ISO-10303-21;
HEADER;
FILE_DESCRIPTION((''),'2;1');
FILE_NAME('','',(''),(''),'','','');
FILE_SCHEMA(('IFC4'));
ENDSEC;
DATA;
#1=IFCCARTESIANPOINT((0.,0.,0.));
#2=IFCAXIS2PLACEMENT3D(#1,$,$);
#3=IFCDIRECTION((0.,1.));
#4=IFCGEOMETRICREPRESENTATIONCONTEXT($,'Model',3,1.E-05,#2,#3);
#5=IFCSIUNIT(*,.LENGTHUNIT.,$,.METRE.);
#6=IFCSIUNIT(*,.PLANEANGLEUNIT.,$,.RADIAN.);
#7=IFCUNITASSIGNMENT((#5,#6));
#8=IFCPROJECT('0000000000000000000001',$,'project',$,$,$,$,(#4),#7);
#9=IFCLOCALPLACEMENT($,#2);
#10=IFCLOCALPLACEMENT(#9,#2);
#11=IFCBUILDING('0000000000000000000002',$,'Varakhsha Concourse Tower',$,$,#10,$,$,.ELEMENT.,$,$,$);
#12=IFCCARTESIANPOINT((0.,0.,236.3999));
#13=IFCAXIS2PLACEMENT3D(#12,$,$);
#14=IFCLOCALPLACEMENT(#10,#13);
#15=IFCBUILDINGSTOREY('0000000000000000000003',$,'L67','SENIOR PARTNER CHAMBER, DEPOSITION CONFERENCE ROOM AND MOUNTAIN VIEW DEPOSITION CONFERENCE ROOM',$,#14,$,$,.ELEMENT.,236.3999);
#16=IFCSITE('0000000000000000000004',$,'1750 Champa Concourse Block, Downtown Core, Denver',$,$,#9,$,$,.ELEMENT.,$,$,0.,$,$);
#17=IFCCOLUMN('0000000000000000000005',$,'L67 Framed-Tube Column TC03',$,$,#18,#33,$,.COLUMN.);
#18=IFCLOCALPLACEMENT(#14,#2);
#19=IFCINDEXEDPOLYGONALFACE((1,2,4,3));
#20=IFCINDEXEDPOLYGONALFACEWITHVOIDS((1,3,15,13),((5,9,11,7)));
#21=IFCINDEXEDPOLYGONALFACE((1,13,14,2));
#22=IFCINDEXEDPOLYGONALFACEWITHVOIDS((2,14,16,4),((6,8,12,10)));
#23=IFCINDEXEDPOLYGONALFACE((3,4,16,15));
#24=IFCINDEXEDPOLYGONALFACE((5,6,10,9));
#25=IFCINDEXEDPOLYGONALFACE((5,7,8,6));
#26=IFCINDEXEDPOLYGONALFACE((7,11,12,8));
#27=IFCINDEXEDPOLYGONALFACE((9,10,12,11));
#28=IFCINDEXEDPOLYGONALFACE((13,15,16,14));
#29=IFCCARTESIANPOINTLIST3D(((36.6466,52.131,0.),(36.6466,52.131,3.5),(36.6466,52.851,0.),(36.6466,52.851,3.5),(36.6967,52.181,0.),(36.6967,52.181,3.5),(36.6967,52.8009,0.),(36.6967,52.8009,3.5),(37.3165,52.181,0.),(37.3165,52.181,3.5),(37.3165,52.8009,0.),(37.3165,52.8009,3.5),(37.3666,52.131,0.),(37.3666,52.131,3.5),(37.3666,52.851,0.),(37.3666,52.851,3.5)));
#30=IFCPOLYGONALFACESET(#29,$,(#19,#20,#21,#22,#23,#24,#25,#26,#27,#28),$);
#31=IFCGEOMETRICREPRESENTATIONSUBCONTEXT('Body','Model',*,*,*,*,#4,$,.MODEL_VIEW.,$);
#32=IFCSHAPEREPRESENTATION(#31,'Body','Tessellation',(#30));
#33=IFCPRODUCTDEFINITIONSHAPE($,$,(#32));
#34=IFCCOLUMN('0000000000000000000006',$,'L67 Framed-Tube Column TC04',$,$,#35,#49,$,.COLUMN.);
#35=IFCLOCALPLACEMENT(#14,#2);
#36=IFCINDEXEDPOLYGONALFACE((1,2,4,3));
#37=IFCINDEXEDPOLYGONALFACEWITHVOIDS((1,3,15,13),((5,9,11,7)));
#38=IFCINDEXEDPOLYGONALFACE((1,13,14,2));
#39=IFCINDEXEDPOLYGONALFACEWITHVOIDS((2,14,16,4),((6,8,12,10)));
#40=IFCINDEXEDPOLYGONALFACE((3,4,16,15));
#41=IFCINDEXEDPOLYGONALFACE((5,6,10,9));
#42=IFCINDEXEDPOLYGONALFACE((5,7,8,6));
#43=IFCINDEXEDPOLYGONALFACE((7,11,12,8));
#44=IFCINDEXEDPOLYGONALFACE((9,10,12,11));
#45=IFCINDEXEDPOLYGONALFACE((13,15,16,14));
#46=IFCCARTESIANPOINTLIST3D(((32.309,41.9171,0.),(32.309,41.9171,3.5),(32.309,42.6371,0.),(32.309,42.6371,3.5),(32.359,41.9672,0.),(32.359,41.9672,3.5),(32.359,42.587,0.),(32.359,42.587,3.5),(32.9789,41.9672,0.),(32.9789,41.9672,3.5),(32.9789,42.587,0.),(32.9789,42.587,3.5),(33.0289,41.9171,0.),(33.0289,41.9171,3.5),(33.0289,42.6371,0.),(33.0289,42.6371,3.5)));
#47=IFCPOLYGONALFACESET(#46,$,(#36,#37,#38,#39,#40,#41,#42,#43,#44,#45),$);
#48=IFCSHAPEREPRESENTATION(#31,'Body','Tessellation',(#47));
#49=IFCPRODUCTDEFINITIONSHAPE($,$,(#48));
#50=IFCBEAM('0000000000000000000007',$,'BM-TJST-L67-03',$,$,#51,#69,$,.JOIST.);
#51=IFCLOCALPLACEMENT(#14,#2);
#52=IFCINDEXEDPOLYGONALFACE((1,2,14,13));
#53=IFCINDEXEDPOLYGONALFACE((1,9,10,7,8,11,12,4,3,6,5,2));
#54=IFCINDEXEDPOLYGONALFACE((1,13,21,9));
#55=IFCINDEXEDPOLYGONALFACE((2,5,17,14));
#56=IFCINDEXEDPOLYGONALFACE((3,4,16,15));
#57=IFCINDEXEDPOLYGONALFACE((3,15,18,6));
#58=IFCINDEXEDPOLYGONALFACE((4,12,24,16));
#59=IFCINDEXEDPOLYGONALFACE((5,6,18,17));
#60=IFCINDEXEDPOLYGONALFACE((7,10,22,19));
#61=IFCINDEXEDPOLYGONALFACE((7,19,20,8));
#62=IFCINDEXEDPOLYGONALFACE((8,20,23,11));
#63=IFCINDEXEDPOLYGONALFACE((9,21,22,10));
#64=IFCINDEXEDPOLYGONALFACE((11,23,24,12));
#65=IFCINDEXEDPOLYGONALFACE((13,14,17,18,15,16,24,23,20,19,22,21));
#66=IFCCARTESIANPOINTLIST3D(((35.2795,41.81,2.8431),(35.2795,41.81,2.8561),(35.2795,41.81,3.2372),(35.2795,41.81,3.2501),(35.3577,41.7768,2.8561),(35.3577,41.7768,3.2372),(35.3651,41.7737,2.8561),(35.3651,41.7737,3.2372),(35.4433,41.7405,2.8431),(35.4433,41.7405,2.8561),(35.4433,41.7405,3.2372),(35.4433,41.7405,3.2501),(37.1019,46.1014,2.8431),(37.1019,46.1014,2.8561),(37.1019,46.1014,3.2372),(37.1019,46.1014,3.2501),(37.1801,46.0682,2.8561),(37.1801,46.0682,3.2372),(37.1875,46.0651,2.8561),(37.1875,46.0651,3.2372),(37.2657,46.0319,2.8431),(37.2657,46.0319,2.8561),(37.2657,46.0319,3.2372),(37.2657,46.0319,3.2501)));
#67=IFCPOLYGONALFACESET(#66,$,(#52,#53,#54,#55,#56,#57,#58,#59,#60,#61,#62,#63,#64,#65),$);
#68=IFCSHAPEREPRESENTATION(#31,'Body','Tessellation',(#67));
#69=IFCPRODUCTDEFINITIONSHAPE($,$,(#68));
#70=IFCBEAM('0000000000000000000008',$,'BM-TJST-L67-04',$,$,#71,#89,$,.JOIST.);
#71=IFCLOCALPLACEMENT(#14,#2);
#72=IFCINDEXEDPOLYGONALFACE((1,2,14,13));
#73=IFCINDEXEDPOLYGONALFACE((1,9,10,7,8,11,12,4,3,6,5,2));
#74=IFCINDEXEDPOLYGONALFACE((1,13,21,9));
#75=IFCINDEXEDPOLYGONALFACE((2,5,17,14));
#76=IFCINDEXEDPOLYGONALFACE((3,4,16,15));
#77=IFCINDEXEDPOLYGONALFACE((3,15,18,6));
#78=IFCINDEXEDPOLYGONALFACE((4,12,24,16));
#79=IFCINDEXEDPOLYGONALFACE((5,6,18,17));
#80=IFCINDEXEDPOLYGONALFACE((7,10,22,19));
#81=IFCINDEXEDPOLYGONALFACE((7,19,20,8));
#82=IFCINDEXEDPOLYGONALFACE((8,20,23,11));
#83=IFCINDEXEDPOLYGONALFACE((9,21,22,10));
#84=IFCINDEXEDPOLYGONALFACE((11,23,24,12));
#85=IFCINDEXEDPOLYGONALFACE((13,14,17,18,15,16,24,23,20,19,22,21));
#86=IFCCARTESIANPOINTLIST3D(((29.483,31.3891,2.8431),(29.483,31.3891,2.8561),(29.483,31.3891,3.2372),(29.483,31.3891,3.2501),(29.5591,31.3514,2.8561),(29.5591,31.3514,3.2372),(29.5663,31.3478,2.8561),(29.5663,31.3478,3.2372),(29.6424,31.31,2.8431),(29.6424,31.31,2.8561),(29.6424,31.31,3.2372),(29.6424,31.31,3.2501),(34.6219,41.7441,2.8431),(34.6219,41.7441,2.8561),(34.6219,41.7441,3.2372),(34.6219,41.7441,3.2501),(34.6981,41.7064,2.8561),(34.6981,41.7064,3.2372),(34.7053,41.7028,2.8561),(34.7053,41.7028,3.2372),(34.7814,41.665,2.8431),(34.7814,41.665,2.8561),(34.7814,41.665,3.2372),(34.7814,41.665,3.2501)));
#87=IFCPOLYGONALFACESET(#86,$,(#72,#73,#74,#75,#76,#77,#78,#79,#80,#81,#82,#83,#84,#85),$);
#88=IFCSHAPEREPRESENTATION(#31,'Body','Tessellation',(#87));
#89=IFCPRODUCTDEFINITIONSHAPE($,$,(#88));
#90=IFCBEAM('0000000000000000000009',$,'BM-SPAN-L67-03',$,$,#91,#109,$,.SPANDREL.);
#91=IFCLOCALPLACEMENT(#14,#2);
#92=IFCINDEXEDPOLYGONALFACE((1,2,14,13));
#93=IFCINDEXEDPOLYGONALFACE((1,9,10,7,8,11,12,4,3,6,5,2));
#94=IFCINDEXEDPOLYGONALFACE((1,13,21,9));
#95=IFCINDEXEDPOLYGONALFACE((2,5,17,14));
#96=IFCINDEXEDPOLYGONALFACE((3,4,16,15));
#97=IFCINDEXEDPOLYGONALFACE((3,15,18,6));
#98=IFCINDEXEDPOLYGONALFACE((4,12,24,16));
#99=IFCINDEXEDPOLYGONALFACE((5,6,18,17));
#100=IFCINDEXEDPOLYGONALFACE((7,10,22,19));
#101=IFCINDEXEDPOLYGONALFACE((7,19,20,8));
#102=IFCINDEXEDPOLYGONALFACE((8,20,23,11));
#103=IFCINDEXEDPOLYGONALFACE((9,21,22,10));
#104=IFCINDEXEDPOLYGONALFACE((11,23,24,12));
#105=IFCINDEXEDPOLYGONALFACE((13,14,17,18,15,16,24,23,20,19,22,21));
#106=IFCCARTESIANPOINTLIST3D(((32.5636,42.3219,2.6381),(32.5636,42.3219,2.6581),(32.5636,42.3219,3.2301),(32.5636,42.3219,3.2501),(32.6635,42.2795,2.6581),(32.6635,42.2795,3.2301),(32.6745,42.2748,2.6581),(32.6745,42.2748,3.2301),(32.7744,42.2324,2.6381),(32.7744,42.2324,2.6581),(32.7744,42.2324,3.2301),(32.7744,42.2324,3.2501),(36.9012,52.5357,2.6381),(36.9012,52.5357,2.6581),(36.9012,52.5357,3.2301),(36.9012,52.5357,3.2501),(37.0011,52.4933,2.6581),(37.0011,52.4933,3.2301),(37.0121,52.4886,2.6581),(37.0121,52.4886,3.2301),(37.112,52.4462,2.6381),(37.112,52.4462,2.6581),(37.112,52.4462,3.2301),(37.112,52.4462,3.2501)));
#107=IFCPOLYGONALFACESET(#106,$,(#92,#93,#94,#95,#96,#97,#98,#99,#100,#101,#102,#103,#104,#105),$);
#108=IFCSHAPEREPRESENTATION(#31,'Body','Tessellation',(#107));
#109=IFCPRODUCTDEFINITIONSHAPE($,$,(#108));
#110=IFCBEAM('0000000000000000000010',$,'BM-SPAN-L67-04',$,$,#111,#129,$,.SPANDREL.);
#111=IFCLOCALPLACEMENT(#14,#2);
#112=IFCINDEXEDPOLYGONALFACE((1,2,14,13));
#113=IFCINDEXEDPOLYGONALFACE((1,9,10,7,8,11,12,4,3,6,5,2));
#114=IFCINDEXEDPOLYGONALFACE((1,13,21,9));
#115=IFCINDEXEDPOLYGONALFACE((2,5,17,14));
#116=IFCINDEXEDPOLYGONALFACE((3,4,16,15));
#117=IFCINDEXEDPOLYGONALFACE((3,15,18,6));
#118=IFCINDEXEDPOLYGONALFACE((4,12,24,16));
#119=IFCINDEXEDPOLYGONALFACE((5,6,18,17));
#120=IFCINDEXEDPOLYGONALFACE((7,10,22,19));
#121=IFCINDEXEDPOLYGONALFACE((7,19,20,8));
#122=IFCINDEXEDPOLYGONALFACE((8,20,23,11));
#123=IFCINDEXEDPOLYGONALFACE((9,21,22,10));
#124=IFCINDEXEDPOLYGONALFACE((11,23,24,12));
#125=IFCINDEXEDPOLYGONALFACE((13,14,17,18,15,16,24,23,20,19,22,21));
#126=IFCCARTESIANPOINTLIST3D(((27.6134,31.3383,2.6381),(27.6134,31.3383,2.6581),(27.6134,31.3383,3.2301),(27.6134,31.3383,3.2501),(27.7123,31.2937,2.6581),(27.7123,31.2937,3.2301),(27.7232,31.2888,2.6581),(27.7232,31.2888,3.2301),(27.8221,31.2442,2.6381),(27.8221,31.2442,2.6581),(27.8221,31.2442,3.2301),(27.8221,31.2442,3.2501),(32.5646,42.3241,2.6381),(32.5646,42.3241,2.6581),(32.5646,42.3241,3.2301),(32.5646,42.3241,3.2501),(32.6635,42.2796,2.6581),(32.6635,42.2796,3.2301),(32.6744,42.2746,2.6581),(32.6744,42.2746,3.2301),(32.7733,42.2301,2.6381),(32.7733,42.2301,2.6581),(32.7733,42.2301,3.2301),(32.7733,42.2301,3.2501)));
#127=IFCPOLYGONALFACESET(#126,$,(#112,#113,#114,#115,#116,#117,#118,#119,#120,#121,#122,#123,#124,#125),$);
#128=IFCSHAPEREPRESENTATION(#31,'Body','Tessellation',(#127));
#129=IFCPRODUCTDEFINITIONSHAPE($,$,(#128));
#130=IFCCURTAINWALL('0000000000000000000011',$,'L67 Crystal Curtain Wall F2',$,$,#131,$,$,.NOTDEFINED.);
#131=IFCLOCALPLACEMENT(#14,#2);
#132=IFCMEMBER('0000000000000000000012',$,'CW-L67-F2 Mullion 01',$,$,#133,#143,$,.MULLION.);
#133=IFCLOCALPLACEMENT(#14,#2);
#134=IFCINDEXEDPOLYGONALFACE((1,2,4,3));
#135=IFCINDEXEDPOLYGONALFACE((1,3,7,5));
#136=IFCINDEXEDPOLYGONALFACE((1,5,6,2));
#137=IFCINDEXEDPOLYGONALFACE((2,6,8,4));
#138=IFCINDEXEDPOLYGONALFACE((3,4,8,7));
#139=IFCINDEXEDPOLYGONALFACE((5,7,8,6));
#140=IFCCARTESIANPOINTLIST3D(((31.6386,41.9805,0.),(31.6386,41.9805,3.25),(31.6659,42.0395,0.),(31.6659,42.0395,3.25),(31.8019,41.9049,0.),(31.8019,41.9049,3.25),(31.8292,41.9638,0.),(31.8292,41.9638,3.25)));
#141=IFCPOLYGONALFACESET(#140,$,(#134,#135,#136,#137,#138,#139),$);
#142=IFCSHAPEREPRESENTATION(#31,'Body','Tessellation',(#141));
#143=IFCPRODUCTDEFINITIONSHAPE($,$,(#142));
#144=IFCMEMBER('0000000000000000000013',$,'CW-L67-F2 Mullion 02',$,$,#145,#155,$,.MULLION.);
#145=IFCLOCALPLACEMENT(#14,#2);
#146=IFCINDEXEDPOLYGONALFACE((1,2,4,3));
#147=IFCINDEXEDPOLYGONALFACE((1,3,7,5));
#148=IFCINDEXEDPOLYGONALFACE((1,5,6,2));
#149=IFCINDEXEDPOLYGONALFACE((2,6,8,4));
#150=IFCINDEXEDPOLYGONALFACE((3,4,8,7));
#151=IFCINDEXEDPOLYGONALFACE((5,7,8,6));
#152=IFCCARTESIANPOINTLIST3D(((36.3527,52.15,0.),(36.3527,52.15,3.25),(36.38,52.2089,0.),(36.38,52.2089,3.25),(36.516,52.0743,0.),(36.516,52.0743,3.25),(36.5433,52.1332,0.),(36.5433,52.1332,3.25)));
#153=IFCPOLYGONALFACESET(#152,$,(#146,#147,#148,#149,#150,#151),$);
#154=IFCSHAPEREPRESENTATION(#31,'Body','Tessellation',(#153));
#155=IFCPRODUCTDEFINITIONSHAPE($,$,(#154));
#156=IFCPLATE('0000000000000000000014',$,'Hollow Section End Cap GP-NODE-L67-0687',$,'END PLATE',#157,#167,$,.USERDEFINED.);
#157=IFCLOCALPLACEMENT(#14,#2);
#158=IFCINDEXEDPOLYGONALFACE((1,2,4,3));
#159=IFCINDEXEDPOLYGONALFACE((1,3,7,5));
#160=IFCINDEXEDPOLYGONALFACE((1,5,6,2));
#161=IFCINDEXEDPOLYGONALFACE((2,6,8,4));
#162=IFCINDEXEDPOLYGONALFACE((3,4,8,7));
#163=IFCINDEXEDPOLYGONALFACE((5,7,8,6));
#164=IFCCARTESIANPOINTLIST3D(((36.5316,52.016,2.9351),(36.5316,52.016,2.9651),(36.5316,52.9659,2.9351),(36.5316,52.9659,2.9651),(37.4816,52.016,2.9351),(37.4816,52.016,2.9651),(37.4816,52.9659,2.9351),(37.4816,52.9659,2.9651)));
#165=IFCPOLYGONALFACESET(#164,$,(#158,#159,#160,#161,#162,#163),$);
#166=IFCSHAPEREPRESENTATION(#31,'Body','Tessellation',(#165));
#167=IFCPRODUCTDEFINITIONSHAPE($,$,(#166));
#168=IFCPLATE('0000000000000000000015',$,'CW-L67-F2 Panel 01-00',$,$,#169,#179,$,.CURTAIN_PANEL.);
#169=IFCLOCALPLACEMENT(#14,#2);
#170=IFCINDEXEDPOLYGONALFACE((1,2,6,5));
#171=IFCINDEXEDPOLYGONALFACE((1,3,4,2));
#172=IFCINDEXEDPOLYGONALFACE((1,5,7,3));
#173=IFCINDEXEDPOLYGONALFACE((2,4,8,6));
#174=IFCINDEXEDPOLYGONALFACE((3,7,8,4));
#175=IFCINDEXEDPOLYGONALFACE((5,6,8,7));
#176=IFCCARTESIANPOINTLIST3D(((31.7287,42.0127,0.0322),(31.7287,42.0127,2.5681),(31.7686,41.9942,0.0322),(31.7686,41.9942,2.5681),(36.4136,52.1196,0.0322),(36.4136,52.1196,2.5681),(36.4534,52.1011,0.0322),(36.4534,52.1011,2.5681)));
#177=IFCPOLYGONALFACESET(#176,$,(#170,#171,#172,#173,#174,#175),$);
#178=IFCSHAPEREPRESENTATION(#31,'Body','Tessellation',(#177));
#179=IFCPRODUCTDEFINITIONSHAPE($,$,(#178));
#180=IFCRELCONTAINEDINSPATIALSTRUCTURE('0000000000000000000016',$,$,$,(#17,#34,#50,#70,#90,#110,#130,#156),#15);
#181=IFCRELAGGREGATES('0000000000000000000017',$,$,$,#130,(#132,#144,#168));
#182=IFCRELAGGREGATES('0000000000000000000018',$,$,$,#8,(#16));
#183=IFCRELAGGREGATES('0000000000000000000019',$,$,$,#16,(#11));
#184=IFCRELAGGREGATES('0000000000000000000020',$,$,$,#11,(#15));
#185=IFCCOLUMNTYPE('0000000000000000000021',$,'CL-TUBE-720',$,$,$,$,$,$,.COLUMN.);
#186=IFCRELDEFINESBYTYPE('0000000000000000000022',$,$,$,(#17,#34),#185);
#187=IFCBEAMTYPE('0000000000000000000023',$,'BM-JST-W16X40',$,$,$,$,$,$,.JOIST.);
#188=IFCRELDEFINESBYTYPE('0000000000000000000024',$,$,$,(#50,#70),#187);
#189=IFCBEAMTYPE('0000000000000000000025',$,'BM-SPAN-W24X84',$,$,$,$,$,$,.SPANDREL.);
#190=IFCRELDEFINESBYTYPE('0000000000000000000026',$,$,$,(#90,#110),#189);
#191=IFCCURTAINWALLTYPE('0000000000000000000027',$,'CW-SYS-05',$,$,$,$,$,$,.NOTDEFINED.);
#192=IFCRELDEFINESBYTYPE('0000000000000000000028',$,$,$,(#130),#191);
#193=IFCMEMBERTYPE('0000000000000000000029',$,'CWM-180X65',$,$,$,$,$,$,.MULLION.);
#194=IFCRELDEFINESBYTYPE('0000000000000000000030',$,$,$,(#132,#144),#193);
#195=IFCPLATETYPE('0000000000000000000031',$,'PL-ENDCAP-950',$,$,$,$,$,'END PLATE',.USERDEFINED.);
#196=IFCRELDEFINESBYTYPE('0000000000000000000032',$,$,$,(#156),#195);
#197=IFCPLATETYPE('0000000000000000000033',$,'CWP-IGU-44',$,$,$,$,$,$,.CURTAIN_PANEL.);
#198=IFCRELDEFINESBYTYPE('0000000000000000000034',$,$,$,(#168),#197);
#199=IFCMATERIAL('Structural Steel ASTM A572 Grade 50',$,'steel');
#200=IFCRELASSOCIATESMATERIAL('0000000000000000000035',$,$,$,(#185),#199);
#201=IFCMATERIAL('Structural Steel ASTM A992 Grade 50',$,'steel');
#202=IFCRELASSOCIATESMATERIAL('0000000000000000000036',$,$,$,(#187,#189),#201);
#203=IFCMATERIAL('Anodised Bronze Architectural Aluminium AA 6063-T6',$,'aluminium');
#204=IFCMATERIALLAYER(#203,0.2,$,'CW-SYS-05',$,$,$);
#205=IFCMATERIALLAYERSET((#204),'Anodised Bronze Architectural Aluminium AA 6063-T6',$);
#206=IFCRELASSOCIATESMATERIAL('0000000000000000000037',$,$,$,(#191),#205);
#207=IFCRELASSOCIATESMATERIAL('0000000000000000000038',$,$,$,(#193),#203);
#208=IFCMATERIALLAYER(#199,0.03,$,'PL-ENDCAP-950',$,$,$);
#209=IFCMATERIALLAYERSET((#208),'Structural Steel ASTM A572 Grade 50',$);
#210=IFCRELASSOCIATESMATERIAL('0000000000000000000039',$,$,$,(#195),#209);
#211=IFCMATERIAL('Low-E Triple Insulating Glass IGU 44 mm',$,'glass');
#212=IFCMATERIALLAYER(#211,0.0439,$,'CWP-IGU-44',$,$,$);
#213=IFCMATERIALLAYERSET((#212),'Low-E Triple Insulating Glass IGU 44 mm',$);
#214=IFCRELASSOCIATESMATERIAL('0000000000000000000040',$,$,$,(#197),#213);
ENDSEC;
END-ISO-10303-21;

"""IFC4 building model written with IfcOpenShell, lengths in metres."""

from ifc_helpers import new_model, si_unit, direction, frame, origin, origin_2d, place, context, subcontext, project, spatial, rectangle, hollow_rectangle, i_section, extrude, source, transform, mapped, material, layer, layer_set, material_profile, profile_set, type_object, type_shapes, element, aggregate, save


model = new_model("IFC4")

# Units and contexts
model_context = context("Model", 3, precision=1e-05, world=origin(), true_north=direction((0.0, 1.0)))
body_context = subcontext(model_context, "Body", "Model", "MODEL_VIEW")
ifc_project = project(units=[si_unit("LENGTHUNIT", "METRE"), si_unit("PLANEANGLEUNIT", "RADIAN")], contexts=[model_context])

# Site, building, storey
site_placement = place(None, origin())
site = spatial("IfcSite", under=ifc_project, at=site_placement, Name="1750 Champa Concourse Block, Downtown Core, Denver", CompositionType="ELEMENT", RefElevation=0.0)
building_placement = place(site_placement, origin())
building = spatial("IfcBuilding", under=site, at=building_placement, Name="Varakhsha Concourse Tower", CompositionType="ELEMENT")
storey_placement = place(building_placement, frame((0.0, 0.0, 236.3999)))
storey = spatial("IfcBuildingStorey", under=building, at=storey_placement, Name="L67", Description="SENIOR PARTNER CHAMBER, DEPOSITION CONFERENCE ROOM AND MOUNTAIN VIEW DEPOSITION CONFERENCE ROOM", CompositionType="ELEMENT", Elevation=236.3999)

# Columns
ifc_material_1 = material(Name="Structural Steel ASTM A572 Grade 50", Category="steel")
ifc_material_profile_1 = material_profile(ifc_material_1, hollow_rectangle(XDim=0.72, YDim=0.72, WallThickness=0.05, at=origin_2d()), Name="BOX 720x720x50")
ifc_profile_set_1 = profile_set([ifc_material_profile_1], Name="Structural Steel ASTM A572 Grade 50")
column_type = type_object("IfcColumnType", Name="CL-TUBE-720", PredefinedType="COLUMN", material=ifc_profile_set_1)
for number, where, z_axis, x_axis, name in (
    (1, (37.0066, 52.491, 0.0), (0.0, 0.0, 1.0), (1.0, 0.0, 0.0), "L67 Framed-Tube Column TC03"),
    (2, (32.6689, 42.2771, 0.0), (0.0, 0.0, 1.0), (1.0, 0.0, 0.0), "L67 Framed-Tube Column TC04"),
):
    element("IfcColumn", number, at=place(storey_placement, frame(where, z_axis=z_axis, x_axis=x_axis)), inside=storey, type_object=column_type, Name=name, PredefinedType="COLUMN", context=body_context, shape_type="SweptSolid", body=[
        extrude(hollow_rectangle(XDim=0.72, YDim=0.72, WallThickness=0.05, at=origin_2d()), origin(), (0.0, 0.0, 1.0), 3.5),
    ])

# Beams
ifc_material_2 = material(Name="Structural Steel ASTM A992 Grade 50", Category="steel")
ifc_material_profile_2 = material_profile(ifc_material_2, i_section(OverallWidth=0.178, OverallDepth=0.407, WebThickness=0.0081, FlangeThickness=0.0129, at=origin_2d()), Name="W16X40")
ifc_profile_set_2 = profile_set([ifc_material_profile_2], Name="Structural Steel ASTM A992 Grade 50")
beam_type_1 = type_object("IfcBeamType", Name="BM-JST-W16X40", PredefinedType="JOIST", material=ifc_profile_set_2)
beam_1_placement = place(storey_placement, frame((37.1838, 46.0667, 3.0466), z_axis=(-0.39089, -0.920437, 0.0), x_axis=(0.920437, -0.39089, 0.0)))
element("IfcBeam", 3, at=beam_1_placement, inside=storey, type_object=beam_type_1, Name="BM-TJST-L67-03", PredefinedType="JOIST", context=body_context, shape_type="SweptSolid", body=[
    extrude(i_section(OverallWidth=0.178, OverallDepth=0.407, WebThickness=0.0081, FlangeThickness=0.0129, at=origin_2d()), origin(), (0.0, 0.0, 1.0), 4.6624),
])
beam_2_placement = place(storey_placement, frame((34.7017, 41.7046, 3.0466), z_axis=(-0.444542, -0.895758, 0.0), x_axis=(0.895758, -0.444542, 0.0)))
element("IfcBeam", 4, at=beam_2_placement, inside=storey, type_object=beam_type_1, Name="BM-TJST-L67-04", PredefinedType="JOIST", context=body_context, shape_type="SweptSolid", body=[
    extrude(i_section(OverallWidth=0.178, OverallDepth=0.407, WebThickness=0.0081, FlangeThickness=0.0129, at=origin_2d()), origin(), (0.0, 0.0, 1.0), 11.5601),
])
ifc_material_profile_3 = material_profile(ifc_material_2, i_section(OverallWidth=0.229, OverallDepth=0.6121, WebThickness=0.012, FlangeThickness=0.02, at=origin_2d()), Name="W24X84")
ifc_profile_set_3 = profile_set([ifc_material_profile_3], Name="Structural Steel ASTM A992 Grade 50")
beam_type_2 = type_object("IfcBeamType", Name="BM-SPAN-W24X84", PredefinedType="SPANDREL", material=ifc_profile_set_3)
beam_3_placement = place(storey_placement, frame((37.0066, 52.491, 2.9441), z_axis=(-0.390893, -0.920436, 0.0), x_axis=(0.920436, -0.390893, 0.0)))
element("IfcBeam", 5, at=beam_3_placement, inside=storey, type_object=beam_type_2, Name="BM-SPAN-L67-03", PredefinedType="SPANDREL", context=body_context, shape_type="SweptSolid", body=[
    extrude(i_section(OverallWidth=0.229, OverallDepth=0.6121, WebThickness=0.012, FlangeThickness=0.02, at=origin_2d()), origin(), (0.0, 0.0, 1.0), 11.0967),
])
beam_4_placement = place(storey_placement, frame((32.6689, 42.2771, 2.9441), z_axis=(-0.410885, -0.911687, 0.0), x_axis=(0.911687, -0.410885, 0.0)))
element("IfcBeam", 6, at=beam_4_placement, inside=storey, type_object=beam_type_2, Name="BM-SPAN-L67-04", PredefinedType="SPANDREL", context=body_context, shape_type="SweptSolid", body=[
    extrude(i_section(OverallWidth=0.229, OverallDepth=0.6121, WebThickness=0.012, FlangeThickness=0.02, at=origin_2d()), origin(), (0.0, 0.0, 1.0), 12.05),
])

# Curtain wall, members
ifc_material_3 = material(Name="Anodised Bronze Architectural Aluminium AA 6063-T6", Category="aluminium")
ifc_layer_1 = layer(ifc_material_3, 0.2, Name="CW-SYS-05")
ifc_layer_set_1 = layer_set([ifc_layer_1], Name="Anodised Bronze Architectural Aluminium AA 6063-T6")
curtain_wall_type = type_object("IfcCurtainWallType", Name="CW-SYS-05", PredefinedType="NOTDEFINED", material=ifc_layer_set_1)
curtain_wall_placement = place(storey_placement, origin())
curtain_wall = element("IfcCurtainWall", 7, at=curtain_wall_placement, inside=storey, type_object=curtain_wall_type, Name="L67 Crystal Curtain Wall F2", PredefinedType="NOTDEFINED")
ifc_material_profile_4 = material_profile(ifc_material_3, rectangle(XDim=0.0649, YDim=0.1799, at=origin_2d()), Name="CWM-180X65")
ifc_profile_set_4 = profile_set([ifc_material_profile_4], Name="Anodised Bronze Architectural Aluminium AA 6063-T6")
member_type = type_object("IfcMemberType", Name="CWM-180X65", PredefinedType="MULLION", material=ifc_profile_set_4)
shared_shape_1 = source(origin(), body_context, "Body", "SweptSolid", [
    extrude(rectangle(XDim=0.0649, YDim=0.1799, at=origin_2d()), origin(), (0.0, 0.0, 1.0), 3.25),
])
type_shapes(member_type, [shared_shape_1])
member_1_placement = place(storey_placement, frame((31.7339, 41.9722, 0.0), z_axis=(0.0, 0.0, 1.0), x_axis=(0.420547, 0.907271, 0.0)))
member_1 = element("IfcMember", 8, at=member_1_placement, type_object=member_type, Name="CW-L67-F2 Mullion 01", PredefinedType="MULLION", context=body_context, shape_type="MappedRepresentation", body=[
    mapped(shared_shape_1, transform((0.0, 0.0, 0.0), scale=1.0)),
])
member_2_placement = place(storey_placement, frame((36.448, 52.1416, 0.0), z_axis=(0.0, 0.0, 1.0), x_axis=(0.420547, 0.907271, 0.0)))
member_2 = element("IfcMember", 9, at=member_2_placement, type_object=member_type, Name="CW-L67-F2 Mullion 02", PredefinedType="MULLION", context=body_context, shape_type="MappedRepresentation", body=[
    mapped(shared_shape_1, transform((0.0, 0.0, 0.0), scale=1.0)),
])

# Plates
ifc_layer_2 = layer(ifc_material_1, 0.03, Name="PL-ENDCAP-950")
ifc_layer_set_2 = layer_set([ifc_layer_2], Name="Structural Steel ASTM A572 Grade 50")
plate_type_1 = type_object("IfcPlateType", Name="PL-ENDCAP-950", ElementType="END PLATE", PredefinedType="USERDEFINED", material=ifc_layer_set_2)
shared_shape_2 = source(origin(), body_context, "Body", "SweptSolid", [
    extrude(rectangle(XDim=0.95, YDim=0.95, at=origin_2d()), origin(), (0.0, 0.0, 1.0), 0.03),
])
type_shapes(plate_type_1, [shared_shape_2])
plate_1_placement = place(storey_placement, frame((37.0066, 52.491, 2.9351), z_axis=(0.0, 0.0, 1.0), x_axis=(1.0, 0.0, 0.0)))
element("IfcPlate", 10, at=plate_1_placement, inside=storey, type_object=plate_type_1, Name="Hollow Section End Cap GP-NODE-L67-0687", ObjectType="END PLATE", PredefinedType="USERDEFINED", context=body_context, shape_type="MappedRepresentation", body=[
    mapped(shared_shape_2, transform((0.0, 0.0, 0.0), scale=1.0)),
])
ifc_material_4 = material(Name="Low-E Triple Insulating Glass IGU 44 mm", Category="glass")
ifc_layer_3 = layer(ifc_material_4, 0.0439, Name="CWP-IGU-44")
ifc_layer_set_3 = layer_set([ifc_layer_3], Name="Low-E Triple Insulating Glass IGU 44 mm")
plate_type_2 = type_object("IfcPlateType", Name="CWP-IGU-44", PredefinedType="CURTAIN_PANEL", material=ifc_layer_set_3)
shared_shape_3 = source(origin(), body_context, "Body", "SweptSolid", [
    extrude(rectangle(XDim=11.1399, YDim=0.0439, at=origin_2d()), origin(), (0.0, 0.0, 1.0), 2.5359),
])
type_shapes(plate_type_2, [shared_shape_3])
plate_2_placement = place(storey_placement, frame((34.0911, 47.0569, 0.0322), z_axis=(0.0, 0.0, 1.0), x_axis=(0.420547, 0.907271, 0.0)))
plate_2 = element("IfcPlate", 11, at=plate_2_placement, type_object=plate_type_2, Name="CW-L67-F2 Panel 01-00", PredefinedType="CURTAIN_PANEL", context=body_context, shape_type="MappedRepresentation", body=[
    mapped(shared_shape_3, transform((0.0, 0.0, 0.0), scale=1.0)),
])
aggregate(curtain_wall, [member_1, member_2, plate_2])

save(model, "model.ifc")
